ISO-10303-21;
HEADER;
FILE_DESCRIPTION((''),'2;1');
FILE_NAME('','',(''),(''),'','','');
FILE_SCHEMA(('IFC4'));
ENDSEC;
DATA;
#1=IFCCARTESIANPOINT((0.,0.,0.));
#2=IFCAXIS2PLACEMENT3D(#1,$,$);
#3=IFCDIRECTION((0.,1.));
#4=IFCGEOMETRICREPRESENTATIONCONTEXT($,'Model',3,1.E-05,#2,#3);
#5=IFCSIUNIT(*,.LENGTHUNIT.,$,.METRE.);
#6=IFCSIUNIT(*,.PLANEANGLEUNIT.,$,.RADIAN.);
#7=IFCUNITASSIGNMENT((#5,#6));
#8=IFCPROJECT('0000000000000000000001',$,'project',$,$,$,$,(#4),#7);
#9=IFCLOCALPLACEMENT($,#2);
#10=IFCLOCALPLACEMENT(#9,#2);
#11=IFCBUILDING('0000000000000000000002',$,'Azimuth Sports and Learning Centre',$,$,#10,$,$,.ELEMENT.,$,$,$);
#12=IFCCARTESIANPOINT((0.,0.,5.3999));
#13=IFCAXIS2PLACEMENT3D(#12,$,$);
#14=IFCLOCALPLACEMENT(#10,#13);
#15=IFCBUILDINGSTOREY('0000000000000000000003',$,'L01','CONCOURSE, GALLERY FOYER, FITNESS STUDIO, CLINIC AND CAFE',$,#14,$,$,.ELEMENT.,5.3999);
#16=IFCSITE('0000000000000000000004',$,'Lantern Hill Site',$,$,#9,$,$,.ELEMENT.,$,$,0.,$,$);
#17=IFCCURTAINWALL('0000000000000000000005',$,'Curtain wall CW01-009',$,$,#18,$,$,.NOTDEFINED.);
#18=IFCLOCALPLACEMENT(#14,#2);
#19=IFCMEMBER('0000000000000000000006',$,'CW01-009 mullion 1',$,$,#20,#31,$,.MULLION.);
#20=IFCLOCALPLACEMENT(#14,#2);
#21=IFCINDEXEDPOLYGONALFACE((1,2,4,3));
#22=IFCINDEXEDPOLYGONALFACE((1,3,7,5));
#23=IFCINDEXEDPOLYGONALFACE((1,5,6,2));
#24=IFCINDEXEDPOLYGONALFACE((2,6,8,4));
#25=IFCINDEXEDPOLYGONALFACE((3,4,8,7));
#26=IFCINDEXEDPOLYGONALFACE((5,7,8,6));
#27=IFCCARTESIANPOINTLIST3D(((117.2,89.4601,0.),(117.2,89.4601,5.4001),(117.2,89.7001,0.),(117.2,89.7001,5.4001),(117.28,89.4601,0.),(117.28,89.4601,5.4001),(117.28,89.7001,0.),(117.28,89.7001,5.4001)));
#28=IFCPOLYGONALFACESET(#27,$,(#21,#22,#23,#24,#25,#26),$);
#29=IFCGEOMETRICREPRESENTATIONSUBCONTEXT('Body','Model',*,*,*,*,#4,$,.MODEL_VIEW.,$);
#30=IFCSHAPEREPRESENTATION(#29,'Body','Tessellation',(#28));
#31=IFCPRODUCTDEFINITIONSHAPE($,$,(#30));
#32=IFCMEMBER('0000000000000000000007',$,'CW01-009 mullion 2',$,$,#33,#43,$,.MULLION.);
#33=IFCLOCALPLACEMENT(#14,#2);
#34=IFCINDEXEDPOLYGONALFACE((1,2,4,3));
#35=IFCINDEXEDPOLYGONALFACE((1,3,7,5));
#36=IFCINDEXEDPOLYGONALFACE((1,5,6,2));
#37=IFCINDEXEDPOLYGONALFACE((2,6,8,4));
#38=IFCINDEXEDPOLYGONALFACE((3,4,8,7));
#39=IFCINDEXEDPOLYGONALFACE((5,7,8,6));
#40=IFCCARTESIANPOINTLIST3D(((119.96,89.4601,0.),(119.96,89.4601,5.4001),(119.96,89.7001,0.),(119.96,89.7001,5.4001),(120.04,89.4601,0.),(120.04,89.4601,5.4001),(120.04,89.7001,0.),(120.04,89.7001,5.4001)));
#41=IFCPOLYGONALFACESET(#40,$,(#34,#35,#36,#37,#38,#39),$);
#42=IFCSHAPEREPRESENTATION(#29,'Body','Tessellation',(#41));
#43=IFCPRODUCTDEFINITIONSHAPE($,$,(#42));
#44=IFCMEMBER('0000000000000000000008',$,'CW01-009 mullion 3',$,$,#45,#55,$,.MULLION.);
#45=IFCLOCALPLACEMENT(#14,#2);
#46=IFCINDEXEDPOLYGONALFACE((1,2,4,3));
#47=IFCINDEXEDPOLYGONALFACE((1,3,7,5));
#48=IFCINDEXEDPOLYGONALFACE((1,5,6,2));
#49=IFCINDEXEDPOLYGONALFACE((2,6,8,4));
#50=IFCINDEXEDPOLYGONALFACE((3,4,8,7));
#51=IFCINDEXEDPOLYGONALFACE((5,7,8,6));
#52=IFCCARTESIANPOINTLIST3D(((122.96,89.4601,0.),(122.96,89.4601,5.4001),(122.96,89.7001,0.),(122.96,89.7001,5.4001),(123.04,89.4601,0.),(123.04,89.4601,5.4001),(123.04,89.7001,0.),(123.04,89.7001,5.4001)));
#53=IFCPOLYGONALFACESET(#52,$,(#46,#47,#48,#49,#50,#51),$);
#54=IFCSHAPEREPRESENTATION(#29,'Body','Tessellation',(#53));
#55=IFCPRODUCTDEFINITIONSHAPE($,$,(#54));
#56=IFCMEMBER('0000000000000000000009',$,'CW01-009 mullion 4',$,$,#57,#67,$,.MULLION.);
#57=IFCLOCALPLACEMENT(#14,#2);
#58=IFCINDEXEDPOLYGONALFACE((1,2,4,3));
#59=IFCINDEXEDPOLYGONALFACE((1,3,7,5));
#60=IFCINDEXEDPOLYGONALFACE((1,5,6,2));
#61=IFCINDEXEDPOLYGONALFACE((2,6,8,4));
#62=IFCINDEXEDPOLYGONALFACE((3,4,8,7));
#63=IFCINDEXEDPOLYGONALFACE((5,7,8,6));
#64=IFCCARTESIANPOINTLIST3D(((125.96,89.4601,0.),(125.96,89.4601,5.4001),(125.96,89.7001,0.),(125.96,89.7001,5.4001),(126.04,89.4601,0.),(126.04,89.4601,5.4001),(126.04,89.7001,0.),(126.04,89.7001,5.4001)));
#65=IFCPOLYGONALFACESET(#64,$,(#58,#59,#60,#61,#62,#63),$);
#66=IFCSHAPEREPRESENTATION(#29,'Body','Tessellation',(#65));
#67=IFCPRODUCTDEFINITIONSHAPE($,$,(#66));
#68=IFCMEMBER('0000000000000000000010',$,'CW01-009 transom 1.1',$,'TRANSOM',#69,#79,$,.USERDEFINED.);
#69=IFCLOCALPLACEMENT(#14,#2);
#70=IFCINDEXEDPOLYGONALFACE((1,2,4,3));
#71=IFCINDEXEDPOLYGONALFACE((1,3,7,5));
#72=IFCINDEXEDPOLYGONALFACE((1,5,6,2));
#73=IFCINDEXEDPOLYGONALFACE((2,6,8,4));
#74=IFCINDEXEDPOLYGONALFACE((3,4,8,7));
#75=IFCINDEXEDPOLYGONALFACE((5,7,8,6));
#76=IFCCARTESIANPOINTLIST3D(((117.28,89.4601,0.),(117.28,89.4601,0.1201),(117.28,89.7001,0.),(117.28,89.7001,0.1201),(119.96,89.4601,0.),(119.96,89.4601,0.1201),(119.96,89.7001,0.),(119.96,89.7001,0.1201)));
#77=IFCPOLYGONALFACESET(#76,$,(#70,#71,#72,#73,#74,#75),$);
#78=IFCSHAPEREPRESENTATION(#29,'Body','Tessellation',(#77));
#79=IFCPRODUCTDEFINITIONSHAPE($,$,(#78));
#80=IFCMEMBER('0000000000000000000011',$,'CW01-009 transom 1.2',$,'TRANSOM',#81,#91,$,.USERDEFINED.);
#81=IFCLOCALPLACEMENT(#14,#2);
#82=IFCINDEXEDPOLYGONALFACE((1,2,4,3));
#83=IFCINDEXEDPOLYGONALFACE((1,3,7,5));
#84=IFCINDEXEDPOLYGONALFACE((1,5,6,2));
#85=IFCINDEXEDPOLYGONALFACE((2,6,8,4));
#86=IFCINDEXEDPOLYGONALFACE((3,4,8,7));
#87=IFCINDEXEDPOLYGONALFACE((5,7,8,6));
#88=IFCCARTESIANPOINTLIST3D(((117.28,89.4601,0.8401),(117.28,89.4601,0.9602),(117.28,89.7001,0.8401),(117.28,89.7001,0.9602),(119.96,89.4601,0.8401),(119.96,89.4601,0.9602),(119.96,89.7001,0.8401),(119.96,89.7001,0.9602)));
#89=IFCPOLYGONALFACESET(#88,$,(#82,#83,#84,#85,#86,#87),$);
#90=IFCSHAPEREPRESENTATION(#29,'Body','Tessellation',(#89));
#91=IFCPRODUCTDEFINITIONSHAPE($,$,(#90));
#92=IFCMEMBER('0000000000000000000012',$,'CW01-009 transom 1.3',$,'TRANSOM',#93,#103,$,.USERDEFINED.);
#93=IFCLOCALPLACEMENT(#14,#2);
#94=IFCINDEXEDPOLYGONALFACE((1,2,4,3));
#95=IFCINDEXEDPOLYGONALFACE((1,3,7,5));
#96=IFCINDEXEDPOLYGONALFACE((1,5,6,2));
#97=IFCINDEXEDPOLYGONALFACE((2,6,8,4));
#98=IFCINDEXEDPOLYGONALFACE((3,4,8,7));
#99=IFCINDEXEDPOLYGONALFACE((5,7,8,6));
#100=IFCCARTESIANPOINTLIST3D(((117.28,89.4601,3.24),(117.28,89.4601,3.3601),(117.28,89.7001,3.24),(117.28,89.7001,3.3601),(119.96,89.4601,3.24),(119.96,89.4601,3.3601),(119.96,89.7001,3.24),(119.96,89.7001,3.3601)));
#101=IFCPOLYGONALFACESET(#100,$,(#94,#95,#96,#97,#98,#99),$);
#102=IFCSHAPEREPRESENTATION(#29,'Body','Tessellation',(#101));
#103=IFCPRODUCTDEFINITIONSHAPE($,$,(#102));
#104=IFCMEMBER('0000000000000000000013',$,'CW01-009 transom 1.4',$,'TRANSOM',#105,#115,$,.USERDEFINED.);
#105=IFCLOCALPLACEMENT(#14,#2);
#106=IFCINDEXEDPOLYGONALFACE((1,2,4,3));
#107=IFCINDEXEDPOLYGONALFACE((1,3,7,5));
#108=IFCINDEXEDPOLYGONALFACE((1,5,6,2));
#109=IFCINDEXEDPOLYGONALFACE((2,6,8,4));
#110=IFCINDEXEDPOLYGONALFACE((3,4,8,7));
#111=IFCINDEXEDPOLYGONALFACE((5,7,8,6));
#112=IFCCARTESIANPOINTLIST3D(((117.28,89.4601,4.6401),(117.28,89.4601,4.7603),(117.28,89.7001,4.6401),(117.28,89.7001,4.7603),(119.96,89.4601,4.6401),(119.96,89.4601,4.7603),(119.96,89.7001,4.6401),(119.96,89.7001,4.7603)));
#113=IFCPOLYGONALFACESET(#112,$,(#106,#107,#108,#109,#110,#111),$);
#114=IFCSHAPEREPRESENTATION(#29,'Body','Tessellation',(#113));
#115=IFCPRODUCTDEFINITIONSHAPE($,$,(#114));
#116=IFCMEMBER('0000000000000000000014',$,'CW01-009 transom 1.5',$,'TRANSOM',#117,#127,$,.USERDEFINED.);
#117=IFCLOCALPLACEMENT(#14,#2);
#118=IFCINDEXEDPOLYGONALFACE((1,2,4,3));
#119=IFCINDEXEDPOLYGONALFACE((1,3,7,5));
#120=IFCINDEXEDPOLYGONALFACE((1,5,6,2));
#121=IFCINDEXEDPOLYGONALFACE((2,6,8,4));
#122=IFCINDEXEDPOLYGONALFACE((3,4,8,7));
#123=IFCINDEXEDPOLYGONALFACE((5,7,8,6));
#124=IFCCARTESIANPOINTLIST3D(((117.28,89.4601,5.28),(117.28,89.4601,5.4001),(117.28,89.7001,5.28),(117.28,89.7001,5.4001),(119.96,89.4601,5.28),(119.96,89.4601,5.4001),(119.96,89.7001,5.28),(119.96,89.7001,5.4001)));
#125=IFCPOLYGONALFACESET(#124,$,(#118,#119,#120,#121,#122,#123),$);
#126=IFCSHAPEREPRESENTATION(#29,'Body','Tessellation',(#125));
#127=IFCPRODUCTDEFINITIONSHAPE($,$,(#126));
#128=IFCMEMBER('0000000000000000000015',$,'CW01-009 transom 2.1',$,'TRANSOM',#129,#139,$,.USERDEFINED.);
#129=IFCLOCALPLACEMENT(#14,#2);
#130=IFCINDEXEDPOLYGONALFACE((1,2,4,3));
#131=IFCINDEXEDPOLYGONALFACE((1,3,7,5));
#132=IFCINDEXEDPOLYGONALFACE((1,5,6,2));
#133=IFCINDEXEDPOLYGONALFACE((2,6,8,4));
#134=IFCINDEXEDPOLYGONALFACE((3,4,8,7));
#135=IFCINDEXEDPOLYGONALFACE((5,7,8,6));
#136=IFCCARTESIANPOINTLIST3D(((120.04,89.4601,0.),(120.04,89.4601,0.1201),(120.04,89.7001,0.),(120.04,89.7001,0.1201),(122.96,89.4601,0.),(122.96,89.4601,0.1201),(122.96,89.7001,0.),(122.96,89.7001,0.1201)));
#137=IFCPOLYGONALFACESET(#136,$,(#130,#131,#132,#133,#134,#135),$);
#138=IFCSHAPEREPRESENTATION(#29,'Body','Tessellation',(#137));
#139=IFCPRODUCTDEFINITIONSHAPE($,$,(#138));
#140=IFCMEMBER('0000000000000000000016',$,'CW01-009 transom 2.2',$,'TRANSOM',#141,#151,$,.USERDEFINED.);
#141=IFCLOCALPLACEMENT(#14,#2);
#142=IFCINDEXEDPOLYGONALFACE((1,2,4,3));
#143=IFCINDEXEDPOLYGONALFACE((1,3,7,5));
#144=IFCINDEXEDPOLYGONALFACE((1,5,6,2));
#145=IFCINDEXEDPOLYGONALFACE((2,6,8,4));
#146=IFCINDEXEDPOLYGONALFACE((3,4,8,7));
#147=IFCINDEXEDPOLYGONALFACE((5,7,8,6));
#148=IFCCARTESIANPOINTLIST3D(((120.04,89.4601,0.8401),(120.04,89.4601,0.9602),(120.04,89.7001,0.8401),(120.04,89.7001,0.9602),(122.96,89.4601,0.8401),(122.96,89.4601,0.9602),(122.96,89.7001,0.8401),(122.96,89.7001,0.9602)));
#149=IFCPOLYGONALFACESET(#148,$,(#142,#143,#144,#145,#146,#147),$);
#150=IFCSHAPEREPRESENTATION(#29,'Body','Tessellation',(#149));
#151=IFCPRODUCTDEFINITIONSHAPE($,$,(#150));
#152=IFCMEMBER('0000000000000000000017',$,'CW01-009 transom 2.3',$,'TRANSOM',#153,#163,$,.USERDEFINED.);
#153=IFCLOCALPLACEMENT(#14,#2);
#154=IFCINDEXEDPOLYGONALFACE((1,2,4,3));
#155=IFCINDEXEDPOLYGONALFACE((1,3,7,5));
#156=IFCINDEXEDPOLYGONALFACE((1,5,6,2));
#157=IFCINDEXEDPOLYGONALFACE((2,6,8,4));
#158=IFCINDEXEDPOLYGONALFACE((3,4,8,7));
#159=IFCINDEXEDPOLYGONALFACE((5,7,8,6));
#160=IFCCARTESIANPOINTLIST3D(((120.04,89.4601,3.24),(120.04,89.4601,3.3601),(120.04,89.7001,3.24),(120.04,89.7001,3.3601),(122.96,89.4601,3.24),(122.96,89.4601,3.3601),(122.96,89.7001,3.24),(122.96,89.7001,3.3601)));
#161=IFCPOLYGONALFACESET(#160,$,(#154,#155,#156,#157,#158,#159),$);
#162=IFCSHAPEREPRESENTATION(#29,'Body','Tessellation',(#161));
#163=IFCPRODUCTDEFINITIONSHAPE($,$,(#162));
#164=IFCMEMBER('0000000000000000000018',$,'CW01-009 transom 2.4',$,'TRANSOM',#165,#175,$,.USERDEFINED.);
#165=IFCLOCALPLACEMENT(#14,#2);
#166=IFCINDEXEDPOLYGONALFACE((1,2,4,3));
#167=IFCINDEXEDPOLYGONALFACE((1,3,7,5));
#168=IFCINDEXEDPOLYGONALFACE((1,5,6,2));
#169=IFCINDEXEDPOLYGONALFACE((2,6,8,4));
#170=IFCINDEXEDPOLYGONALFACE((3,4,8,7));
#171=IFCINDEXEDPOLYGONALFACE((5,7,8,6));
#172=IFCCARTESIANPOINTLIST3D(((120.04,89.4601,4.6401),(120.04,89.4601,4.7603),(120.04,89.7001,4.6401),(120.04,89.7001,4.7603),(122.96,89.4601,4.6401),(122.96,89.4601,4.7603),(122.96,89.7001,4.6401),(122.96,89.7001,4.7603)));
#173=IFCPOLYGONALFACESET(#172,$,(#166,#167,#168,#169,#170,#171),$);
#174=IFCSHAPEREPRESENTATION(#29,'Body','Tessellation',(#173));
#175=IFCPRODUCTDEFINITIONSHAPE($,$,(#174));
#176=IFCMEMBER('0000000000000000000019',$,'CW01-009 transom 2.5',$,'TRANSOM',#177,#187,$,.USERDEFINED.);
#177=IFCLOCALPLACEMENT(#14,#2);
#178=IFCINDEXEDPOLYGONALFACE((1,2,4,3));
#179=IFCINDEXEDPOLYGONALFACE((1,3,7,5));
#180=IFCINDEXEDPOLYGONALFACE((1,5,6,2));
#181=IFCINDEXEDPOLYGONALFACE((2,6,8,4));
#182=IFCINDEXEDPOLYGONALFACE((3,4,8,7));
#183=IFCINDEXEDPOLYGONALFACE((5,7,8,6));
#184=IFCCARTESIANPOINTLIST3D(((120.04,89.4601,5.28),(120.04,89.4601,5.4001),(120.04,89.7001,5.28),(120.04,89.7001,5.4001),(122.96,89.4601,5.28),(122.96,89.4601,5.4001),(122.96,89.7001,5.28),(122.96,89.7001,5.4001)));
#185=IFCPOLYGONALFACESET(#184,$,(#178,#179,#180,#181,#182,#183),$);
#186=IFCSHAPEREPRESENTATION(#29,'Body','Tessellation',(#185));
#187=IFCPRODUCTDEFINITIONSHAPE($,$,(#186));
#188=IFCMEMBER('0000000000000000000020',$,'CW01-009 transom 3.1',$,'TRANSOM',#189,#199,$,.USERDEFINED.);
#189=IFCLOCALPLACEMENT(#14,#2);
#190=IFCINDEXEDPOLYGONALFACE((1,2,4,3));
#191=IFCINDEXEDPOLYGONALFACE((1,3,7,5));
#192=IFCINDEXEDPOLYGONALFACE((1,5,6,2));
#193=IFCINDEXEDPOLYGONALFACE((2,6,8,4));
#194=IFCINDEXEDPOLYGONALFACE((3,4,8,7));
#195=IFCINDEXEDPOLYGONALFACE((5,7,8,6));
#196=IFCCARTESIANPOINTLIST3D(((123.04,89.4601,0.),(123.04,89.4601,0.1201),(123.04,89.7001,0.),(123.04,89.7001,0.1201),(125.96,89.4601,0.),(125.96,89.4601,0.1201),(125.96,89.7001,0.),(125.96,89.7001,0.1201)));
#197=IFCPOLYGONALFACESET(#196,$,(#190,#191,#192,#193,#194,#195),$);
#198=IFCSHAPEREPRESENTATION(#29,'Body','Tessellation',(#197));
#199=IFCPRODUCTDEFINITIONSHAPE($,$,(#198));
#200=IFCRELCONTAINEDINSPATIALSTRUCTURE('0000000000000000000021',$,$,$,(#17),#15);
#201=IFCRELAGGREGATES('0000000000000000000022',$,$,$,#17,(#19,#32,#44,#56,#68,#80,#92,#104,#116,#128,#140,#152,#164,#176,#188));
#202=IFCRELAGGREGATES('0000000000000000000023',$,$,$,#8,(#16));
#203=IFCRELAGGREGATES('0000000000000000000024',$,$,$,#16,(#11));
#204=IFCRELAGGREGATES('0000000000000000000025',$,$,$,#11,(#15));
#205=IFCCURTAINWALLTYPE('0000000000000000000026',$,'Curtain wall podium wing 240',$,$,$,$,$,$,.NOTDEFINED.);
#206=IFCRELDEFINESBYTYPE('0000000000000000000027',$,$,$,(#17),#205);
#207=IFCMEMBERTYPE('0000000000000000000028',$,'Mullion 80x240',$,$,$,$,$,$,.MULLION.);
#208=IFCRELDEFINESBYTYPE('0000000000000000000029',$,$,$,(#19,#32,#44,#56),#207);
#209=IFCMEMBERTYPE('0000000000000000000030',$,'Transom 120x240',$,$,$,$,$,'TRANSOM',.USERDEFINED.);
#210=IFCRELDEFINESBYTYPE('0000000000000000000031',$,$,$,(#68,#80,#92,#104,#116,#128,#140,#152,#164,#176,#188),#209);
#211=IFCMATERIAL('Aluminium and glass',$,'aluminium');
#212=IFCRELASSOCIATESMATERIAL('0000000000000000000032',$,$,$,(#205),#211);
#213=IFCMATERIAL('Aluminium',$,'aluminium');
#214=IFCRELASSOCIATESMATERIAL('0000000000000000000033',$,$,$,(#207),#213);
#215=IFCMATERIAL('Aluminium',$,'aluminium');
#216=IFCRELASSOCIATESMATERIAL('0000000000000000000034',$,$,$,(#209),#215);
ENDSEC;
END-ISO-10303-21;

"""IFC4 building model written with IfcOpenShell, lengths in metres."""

from ifc_helpers import new_model, si_unit, direction, frame, origin, origin_2d, place, context, subcontext, project, spatial, rectangle, extrude, material, material_profile, profile_set, type_object, element, aggregate, save


model = new_model("IFC4")

# Units and contexts
model_context = context("Model", 3, precision=1e-05, world=origin(), true_north=direction((0.0, 1.0)))
body_context = subcontext(model_context, "Body", "Model", "MODEL_VIEW")
ifc_project = project(units=[si_unit("LENGTHUNIT", "METRE"), si_unit("PLANEANGLEUNIT", "RADIAN")], contexts=[model_context])

# Site, building, storey
site_placement = place(None, origin())
site = spatial("IfcSite", under=ifc_project, at=site_placement, Name="Lantern Hill Site", CompositionType="ELEMENT", RefElevation=0.0)
building_placement = place(site_placement, origin())
building = spatial("IfcBuilding", under=site, at=building_placement, Name="Azimuth Sports and Learning Centre", CompositionType="ELEMENT")
storey_placement = place(building_placement, frame((0.0, 0.0, 5.3999)))
storey = spatial("IfcBuildingStorey", under=building, at=storey_placement, Name="L01", Description="CONCOURSE, GALLERY FOYER, FITNESS STUDIO, CLINIC AND CAFE", CompositionType="ELEMENT", Elevation=5.3999)

# Curtain wall, members
ifc_material_1 = material(Name="Aluminium and glass", Category="aluminium")
curtain_wall_type = type_object("IfcCurtainWallType", Name="Curtain wall podium wing 240", PredefinedType="NOTDEFINED", material=ifc_material_1)
curtain_wall_placement = place(storey_placement, origin())
curtain_wall = element("IfcCurtainWall", 1, at=curtain_wall_placement, inside=storey, type_object=curtain_wall_type, Name="Curtain wall CW01-009", PredefinedType="NOTDEFINED")
ifc_material_2 = material(Name="Aluminium", Category="aluminium")
ifc_material_profile_1 = material_profile(ifc_material_2, rectangle(XDim=0.24, YDim=0.0801, at=origin_2d()), Name="Mullion 80x240")
ifc_profile_set_1 = profile_set([ifc_material_profile_1], Name="Aluminium")
member_type_1 = type_object("IfcMemberType", Name="Mullion 80x240", PredefinedType="MULLION", material=ifc_profile_set_1)
member_1_placement = place(storey_placement, frame((117.24, 89.5801, 0.0), z_axis=(0.0, 0.0, 1.0), x_axis=(0.0, 1.0, 0.0)))
member_1 = element("IfcMember", 2, at=member_1_placement, type_object=member_type_1, Name="CW01-009 mullion 1", PredefinedType="MULLION", context=body_context, shape_type="SweptSolid", body=[
    extrude(rectangle(XDim=0.24, YDim=0.0801, at=origin_2d()), origin(), (0.0, 0.0, 1.0), 5.4001),
])
member_2_placement = place(storey_placement, frame((120.0, 89.5801, 0.0), z_axis=(0.0, 0.0, 1.0), x_axis=(0.0, 1.0, 0.0)))
member_2 = element("IfcMember", 3, at=member_2_placement, type_object=member_type_1, Name="CW01-009 mullion 2", PredefinedType="MULLION", context=body_context, shape_type="SweptSolid", body=[
    extrude(rectangle(XDim=0.24, YDim=0.0801, at=origin_2d()), origin(), (0.0, 0.0, 1.0), 5.4001),
])
member_3_placement = place(storey_placement, frame((123.0, 89.5801, 0.0), z_axis=(0.0, 0.0, 1.0), x_axis=(0.0, 1.0, 0.0)))
member_3 = element("IfcMember", 4, at=member_3_placement, type_object=member_type_1, Name="CW01-009 mullion 3", PredefinedType="MULLION", context=body_context, shape_type="SweptSolid", body=[
    extrude(rectangle(XDim=0.24, YDim=0.0801, at=origin_2d()), origin(), (0.0, 0.0, 1.0), 5.4001),
])
member_4_placement = place(storey_placement, frame((126.0, 89.5801, 0.0), z_axis=(0.0, 0.0, 1.0), x_axis=(0.0, 1.0, 0.0)))
member_4 = element("IfcMember", 5, at=member_4_placement, type_object=member_type_1, Name="CW01-009 mullion 4", PredefinedType="MULLION", context=body_context, shape_type="SweptSolid", body=[
    extrude(rectangle(XDim=0.24, YDim=0.0801, at=origin_2d()), origin(), (0.0, 0.0, 1.0), 5.4001),
])
ifc_material_3 = material(Name="Aluminium", Category="aluminium")
ifc_material_profile_2 = material_profile(ifc_material_3, rectangle(XDim=0.24, YDim=0.1201, at=origin_2d()), Name="Transom 120x240")
ifc_profile_set_2 = profile_set([ifc_material_profile_2], Name="Aluminium")
member_type_2 = type_object("IfcMemberType", Name="Transom 120x240", ElementType="TRANSOM", PredefinedType="USERDEFINED", material=ifc_profile_set_2)
member_5_placement = place(storey_placement, frame((117.28, 89.5801, 0.0601), z_axis=(1.0, 0.0, 0.0), x_axis=(0.0, 1.0, 0.0)))
member_5 = element("IfcMember", 6, at=member_5_placement, type_object=member_type_2, Name="CW01-009 transom 1.1", ObjectType="TRANSOM", PredefinedType="USERDEFINED", context=body_context, shape_type="SweptSolid", body=[
    extrude(rectangle(XDim=0.24, YDim=0.1201, at=origin_2d()), origin(), (0.0, 0.0, 1.0), 2.6799),
])
member_6_placement = place(storey_placement, frame((117.28, 89.5801, 0.9001), z_axis=(1.0, 0.0, 0.0), x_axis=(0.0, 1.0, 0.0)))
member_6 = element("IfcMember", 7, at=member_6_placement, type_object=member_type_2, Name="CW01-009 transom 1.2", ObjectType="TRANSOM", PredefinedType="USERDEFINED", context=body_context, shape_type="SweptSolid", body=[
    extrude(rectangle(XDim=0.24, YDim=0.1201, at=origin_2d()), origin(), (0.0, 0.0, 1.0), 2.6799),
])
member_7_placement = place(storey_placement, frame((117.28, 89.5801, 3.3), z_axis=(1.0, 0.0, 0.0), x_axis=(0.0, 1.0, 0.0)))
member_7 = element("IfcMember", 8, at=member_7_placement, type_object=member_type_2, Name="CW01-009 transom 1.3", ObjectType="TRANSOM", PredefinedType="USERDEFINED", context=body_context, shape_type="SweptSolid", body=[
    extrude(rectangle(XDim=0.24, YDim=0.1201, at=origin_2d()), origin(), (0.0, 0.0, 1.0), 2.6799),
])
member_8_placement = place(storey_placement, frame((117.28, 89.5801, 4.7002), z_axis=(1.0, 0.0, 0.0), x_axis=(0.0, 1.0, 0.0)))
member_8 = element("IfcMember", 9, at=member_8_placement, type_object=member_type_2, Name="CW01-009 transom 1.4", ObjectType="TRANSOM", PredefinedType="USERDEFINED", context=body_context, shape_type="SweptSolid", body=[
    extrude(rectangle(XDim=0.24, YDim=0.1201, at=origin_2d()), origin(), (0.0, 0.0, 1.0), 2.6799),
])
member_9_placement = place(storey_placement, frame((117.28, 89.5801, 5.3401), z_axis=(1.0, 0.0, 0.0), x_axis=(0.0, 1.0, 0.0)))
member_9 = element("IfcMember", 10, at=member_9_placement, type_object=member_type_2, Name="CW01-009 transom 1.5", ObjectType="TRANSOM", PredefinedType="USERDEFINED", context=body_context, shape_type="SweptSolid", body=[
    extrude(rectangle(XDim=0.24, YDim=0.1201, at=origin_2d()), origin(), (0.0, 0.0, 1.0), 2.6799),
])
member_10_placement = place(storey_placement, frame((120.04, 89.5801, 0.0601), z_axis=(1.0, 0.0, 0.0), x_axis=(0.0, 1.0, 0.0)))
member_10 = element("IfcMember", 11, at=member_10_placement, type_object=member_type_2, Name="CW01-009 transom 2.1", ObjectType="TRANSOM", PredefinedType="USERDEFINED", context=body_context, shape_type="SweptSolid", body=[
    extrude(rectangle(XDim=0.24, YDim=0.1201, at=origin_2d()), origin(), (0.0, 0.0, 1.0), 2.9199),
])
member_11_placement = place(storey_placement, frame((120.04, 89.5801, 0.9001), z_axis=(1.0, 0.0, 0.0), x_axis=(0.0, 1.0, 0.0)))
member_11 = element("IfcMember", 12, at=member_11_placement, type_object=member_type_2, Name="CW01-009 transom 2.2", ObjectType="TRANSOM", PredefinedType="USERDEFINED", context=body_context, shape_type="SweptSolid", body=[
    extrude(rectangle(XDim=0.24, YDim=0.1201, at=origin_2d()), origin(), (0.0, 0.0, 1.0), 2.9199),
])
member_12_placement = place(storey_placement, frame((120.04, 89.5801, 3.3), z_axis=(1.0, 0.0, 0.0), x_axis=(0.0, 1.0, 0.0)))
member_12 = element("IfcMember", 13, at=member_12_placement, type_object=member_type_2, Name="CW01-009 transom 2.3", ObjectType="TRANSOM", PredefinedType="USERDEFINED", context=body_context, shape_type="SweptSolid", body=[
    extrude(rectangle(XDim=0.24, YDim=0.1201, at=origin_2d()), origin(), (0.0, 0.0, 1.0), 2.9199),
])
member_13_placement = place(storey_placement, frame((120.04, 89.5801, 4.7002), z_axis=(1.0, 0.0, 0.0), x_axis=(0.0, 1.0, 0.0)))
member_13 = element("IfcMember", 14, at=member_13_placement, type_object=member_type_2, Name="CW01-009 transom 2.4", ObjectType="TRANSOM", PredefinedType="USERDEFINED", context=body_context, shape_type="SweptSolid", body=[
    extrude(rectangle(XDim=0.24, YDim=0.1201, at=origin_2d()), origin(), (0.0, 0.0, 1.0), 2.9199),
])
member_14_placement = place(storey_placement, frame((120.04, 89.5801, 5.3401), z_axis=(1.0, 0.0, 0.0), x_axis=(0.0, 1.0, 0.0)))
member_14 = element("IfcMember", 15, at=member_14_placement, type_object=member_type_2, Name="CW01-009 transom 2.5", ObjectType="TRANSOM", PredefinedType="USERDEFINED", context=body_context, shape_type="SweptSolid", body=[
    extrude(rectangle(XDim=0.24, YDim=0.1201, at=origin_2d()), origin(), (0.0, 0.0, 1.0), 2.9199),
])
member_15_placement = place(storey_placement, frame((123.04, 89.5801, 0.0601), z_axis=(1.0, 0.0, 0.0), x_axis=(0.0, 1.0, 0.0)))
member_15 = element("IfcMember", 16, at=member_15_placement, type_object=member_type_2, Name="CW01-009 transom 3.1", ObjectType="TRANSOM", PredefinedType="USERDEFINED", context=body_context, shape_type="SweptSolid", body=[
    extrude(rectangle(XDim=0.24, YDim=0.1201, at=origin_2d()), origin(), (0.0, 0.0, 1.0), 2.9199),
])
aggregate(curtain_wall, [member_1, member_2, member_3, member_4, member_5, member_6, member_7, member_8, member_9, member_10, member_11, member_12, member_13, member_14, member_15])

save(model, "model.ifc")
